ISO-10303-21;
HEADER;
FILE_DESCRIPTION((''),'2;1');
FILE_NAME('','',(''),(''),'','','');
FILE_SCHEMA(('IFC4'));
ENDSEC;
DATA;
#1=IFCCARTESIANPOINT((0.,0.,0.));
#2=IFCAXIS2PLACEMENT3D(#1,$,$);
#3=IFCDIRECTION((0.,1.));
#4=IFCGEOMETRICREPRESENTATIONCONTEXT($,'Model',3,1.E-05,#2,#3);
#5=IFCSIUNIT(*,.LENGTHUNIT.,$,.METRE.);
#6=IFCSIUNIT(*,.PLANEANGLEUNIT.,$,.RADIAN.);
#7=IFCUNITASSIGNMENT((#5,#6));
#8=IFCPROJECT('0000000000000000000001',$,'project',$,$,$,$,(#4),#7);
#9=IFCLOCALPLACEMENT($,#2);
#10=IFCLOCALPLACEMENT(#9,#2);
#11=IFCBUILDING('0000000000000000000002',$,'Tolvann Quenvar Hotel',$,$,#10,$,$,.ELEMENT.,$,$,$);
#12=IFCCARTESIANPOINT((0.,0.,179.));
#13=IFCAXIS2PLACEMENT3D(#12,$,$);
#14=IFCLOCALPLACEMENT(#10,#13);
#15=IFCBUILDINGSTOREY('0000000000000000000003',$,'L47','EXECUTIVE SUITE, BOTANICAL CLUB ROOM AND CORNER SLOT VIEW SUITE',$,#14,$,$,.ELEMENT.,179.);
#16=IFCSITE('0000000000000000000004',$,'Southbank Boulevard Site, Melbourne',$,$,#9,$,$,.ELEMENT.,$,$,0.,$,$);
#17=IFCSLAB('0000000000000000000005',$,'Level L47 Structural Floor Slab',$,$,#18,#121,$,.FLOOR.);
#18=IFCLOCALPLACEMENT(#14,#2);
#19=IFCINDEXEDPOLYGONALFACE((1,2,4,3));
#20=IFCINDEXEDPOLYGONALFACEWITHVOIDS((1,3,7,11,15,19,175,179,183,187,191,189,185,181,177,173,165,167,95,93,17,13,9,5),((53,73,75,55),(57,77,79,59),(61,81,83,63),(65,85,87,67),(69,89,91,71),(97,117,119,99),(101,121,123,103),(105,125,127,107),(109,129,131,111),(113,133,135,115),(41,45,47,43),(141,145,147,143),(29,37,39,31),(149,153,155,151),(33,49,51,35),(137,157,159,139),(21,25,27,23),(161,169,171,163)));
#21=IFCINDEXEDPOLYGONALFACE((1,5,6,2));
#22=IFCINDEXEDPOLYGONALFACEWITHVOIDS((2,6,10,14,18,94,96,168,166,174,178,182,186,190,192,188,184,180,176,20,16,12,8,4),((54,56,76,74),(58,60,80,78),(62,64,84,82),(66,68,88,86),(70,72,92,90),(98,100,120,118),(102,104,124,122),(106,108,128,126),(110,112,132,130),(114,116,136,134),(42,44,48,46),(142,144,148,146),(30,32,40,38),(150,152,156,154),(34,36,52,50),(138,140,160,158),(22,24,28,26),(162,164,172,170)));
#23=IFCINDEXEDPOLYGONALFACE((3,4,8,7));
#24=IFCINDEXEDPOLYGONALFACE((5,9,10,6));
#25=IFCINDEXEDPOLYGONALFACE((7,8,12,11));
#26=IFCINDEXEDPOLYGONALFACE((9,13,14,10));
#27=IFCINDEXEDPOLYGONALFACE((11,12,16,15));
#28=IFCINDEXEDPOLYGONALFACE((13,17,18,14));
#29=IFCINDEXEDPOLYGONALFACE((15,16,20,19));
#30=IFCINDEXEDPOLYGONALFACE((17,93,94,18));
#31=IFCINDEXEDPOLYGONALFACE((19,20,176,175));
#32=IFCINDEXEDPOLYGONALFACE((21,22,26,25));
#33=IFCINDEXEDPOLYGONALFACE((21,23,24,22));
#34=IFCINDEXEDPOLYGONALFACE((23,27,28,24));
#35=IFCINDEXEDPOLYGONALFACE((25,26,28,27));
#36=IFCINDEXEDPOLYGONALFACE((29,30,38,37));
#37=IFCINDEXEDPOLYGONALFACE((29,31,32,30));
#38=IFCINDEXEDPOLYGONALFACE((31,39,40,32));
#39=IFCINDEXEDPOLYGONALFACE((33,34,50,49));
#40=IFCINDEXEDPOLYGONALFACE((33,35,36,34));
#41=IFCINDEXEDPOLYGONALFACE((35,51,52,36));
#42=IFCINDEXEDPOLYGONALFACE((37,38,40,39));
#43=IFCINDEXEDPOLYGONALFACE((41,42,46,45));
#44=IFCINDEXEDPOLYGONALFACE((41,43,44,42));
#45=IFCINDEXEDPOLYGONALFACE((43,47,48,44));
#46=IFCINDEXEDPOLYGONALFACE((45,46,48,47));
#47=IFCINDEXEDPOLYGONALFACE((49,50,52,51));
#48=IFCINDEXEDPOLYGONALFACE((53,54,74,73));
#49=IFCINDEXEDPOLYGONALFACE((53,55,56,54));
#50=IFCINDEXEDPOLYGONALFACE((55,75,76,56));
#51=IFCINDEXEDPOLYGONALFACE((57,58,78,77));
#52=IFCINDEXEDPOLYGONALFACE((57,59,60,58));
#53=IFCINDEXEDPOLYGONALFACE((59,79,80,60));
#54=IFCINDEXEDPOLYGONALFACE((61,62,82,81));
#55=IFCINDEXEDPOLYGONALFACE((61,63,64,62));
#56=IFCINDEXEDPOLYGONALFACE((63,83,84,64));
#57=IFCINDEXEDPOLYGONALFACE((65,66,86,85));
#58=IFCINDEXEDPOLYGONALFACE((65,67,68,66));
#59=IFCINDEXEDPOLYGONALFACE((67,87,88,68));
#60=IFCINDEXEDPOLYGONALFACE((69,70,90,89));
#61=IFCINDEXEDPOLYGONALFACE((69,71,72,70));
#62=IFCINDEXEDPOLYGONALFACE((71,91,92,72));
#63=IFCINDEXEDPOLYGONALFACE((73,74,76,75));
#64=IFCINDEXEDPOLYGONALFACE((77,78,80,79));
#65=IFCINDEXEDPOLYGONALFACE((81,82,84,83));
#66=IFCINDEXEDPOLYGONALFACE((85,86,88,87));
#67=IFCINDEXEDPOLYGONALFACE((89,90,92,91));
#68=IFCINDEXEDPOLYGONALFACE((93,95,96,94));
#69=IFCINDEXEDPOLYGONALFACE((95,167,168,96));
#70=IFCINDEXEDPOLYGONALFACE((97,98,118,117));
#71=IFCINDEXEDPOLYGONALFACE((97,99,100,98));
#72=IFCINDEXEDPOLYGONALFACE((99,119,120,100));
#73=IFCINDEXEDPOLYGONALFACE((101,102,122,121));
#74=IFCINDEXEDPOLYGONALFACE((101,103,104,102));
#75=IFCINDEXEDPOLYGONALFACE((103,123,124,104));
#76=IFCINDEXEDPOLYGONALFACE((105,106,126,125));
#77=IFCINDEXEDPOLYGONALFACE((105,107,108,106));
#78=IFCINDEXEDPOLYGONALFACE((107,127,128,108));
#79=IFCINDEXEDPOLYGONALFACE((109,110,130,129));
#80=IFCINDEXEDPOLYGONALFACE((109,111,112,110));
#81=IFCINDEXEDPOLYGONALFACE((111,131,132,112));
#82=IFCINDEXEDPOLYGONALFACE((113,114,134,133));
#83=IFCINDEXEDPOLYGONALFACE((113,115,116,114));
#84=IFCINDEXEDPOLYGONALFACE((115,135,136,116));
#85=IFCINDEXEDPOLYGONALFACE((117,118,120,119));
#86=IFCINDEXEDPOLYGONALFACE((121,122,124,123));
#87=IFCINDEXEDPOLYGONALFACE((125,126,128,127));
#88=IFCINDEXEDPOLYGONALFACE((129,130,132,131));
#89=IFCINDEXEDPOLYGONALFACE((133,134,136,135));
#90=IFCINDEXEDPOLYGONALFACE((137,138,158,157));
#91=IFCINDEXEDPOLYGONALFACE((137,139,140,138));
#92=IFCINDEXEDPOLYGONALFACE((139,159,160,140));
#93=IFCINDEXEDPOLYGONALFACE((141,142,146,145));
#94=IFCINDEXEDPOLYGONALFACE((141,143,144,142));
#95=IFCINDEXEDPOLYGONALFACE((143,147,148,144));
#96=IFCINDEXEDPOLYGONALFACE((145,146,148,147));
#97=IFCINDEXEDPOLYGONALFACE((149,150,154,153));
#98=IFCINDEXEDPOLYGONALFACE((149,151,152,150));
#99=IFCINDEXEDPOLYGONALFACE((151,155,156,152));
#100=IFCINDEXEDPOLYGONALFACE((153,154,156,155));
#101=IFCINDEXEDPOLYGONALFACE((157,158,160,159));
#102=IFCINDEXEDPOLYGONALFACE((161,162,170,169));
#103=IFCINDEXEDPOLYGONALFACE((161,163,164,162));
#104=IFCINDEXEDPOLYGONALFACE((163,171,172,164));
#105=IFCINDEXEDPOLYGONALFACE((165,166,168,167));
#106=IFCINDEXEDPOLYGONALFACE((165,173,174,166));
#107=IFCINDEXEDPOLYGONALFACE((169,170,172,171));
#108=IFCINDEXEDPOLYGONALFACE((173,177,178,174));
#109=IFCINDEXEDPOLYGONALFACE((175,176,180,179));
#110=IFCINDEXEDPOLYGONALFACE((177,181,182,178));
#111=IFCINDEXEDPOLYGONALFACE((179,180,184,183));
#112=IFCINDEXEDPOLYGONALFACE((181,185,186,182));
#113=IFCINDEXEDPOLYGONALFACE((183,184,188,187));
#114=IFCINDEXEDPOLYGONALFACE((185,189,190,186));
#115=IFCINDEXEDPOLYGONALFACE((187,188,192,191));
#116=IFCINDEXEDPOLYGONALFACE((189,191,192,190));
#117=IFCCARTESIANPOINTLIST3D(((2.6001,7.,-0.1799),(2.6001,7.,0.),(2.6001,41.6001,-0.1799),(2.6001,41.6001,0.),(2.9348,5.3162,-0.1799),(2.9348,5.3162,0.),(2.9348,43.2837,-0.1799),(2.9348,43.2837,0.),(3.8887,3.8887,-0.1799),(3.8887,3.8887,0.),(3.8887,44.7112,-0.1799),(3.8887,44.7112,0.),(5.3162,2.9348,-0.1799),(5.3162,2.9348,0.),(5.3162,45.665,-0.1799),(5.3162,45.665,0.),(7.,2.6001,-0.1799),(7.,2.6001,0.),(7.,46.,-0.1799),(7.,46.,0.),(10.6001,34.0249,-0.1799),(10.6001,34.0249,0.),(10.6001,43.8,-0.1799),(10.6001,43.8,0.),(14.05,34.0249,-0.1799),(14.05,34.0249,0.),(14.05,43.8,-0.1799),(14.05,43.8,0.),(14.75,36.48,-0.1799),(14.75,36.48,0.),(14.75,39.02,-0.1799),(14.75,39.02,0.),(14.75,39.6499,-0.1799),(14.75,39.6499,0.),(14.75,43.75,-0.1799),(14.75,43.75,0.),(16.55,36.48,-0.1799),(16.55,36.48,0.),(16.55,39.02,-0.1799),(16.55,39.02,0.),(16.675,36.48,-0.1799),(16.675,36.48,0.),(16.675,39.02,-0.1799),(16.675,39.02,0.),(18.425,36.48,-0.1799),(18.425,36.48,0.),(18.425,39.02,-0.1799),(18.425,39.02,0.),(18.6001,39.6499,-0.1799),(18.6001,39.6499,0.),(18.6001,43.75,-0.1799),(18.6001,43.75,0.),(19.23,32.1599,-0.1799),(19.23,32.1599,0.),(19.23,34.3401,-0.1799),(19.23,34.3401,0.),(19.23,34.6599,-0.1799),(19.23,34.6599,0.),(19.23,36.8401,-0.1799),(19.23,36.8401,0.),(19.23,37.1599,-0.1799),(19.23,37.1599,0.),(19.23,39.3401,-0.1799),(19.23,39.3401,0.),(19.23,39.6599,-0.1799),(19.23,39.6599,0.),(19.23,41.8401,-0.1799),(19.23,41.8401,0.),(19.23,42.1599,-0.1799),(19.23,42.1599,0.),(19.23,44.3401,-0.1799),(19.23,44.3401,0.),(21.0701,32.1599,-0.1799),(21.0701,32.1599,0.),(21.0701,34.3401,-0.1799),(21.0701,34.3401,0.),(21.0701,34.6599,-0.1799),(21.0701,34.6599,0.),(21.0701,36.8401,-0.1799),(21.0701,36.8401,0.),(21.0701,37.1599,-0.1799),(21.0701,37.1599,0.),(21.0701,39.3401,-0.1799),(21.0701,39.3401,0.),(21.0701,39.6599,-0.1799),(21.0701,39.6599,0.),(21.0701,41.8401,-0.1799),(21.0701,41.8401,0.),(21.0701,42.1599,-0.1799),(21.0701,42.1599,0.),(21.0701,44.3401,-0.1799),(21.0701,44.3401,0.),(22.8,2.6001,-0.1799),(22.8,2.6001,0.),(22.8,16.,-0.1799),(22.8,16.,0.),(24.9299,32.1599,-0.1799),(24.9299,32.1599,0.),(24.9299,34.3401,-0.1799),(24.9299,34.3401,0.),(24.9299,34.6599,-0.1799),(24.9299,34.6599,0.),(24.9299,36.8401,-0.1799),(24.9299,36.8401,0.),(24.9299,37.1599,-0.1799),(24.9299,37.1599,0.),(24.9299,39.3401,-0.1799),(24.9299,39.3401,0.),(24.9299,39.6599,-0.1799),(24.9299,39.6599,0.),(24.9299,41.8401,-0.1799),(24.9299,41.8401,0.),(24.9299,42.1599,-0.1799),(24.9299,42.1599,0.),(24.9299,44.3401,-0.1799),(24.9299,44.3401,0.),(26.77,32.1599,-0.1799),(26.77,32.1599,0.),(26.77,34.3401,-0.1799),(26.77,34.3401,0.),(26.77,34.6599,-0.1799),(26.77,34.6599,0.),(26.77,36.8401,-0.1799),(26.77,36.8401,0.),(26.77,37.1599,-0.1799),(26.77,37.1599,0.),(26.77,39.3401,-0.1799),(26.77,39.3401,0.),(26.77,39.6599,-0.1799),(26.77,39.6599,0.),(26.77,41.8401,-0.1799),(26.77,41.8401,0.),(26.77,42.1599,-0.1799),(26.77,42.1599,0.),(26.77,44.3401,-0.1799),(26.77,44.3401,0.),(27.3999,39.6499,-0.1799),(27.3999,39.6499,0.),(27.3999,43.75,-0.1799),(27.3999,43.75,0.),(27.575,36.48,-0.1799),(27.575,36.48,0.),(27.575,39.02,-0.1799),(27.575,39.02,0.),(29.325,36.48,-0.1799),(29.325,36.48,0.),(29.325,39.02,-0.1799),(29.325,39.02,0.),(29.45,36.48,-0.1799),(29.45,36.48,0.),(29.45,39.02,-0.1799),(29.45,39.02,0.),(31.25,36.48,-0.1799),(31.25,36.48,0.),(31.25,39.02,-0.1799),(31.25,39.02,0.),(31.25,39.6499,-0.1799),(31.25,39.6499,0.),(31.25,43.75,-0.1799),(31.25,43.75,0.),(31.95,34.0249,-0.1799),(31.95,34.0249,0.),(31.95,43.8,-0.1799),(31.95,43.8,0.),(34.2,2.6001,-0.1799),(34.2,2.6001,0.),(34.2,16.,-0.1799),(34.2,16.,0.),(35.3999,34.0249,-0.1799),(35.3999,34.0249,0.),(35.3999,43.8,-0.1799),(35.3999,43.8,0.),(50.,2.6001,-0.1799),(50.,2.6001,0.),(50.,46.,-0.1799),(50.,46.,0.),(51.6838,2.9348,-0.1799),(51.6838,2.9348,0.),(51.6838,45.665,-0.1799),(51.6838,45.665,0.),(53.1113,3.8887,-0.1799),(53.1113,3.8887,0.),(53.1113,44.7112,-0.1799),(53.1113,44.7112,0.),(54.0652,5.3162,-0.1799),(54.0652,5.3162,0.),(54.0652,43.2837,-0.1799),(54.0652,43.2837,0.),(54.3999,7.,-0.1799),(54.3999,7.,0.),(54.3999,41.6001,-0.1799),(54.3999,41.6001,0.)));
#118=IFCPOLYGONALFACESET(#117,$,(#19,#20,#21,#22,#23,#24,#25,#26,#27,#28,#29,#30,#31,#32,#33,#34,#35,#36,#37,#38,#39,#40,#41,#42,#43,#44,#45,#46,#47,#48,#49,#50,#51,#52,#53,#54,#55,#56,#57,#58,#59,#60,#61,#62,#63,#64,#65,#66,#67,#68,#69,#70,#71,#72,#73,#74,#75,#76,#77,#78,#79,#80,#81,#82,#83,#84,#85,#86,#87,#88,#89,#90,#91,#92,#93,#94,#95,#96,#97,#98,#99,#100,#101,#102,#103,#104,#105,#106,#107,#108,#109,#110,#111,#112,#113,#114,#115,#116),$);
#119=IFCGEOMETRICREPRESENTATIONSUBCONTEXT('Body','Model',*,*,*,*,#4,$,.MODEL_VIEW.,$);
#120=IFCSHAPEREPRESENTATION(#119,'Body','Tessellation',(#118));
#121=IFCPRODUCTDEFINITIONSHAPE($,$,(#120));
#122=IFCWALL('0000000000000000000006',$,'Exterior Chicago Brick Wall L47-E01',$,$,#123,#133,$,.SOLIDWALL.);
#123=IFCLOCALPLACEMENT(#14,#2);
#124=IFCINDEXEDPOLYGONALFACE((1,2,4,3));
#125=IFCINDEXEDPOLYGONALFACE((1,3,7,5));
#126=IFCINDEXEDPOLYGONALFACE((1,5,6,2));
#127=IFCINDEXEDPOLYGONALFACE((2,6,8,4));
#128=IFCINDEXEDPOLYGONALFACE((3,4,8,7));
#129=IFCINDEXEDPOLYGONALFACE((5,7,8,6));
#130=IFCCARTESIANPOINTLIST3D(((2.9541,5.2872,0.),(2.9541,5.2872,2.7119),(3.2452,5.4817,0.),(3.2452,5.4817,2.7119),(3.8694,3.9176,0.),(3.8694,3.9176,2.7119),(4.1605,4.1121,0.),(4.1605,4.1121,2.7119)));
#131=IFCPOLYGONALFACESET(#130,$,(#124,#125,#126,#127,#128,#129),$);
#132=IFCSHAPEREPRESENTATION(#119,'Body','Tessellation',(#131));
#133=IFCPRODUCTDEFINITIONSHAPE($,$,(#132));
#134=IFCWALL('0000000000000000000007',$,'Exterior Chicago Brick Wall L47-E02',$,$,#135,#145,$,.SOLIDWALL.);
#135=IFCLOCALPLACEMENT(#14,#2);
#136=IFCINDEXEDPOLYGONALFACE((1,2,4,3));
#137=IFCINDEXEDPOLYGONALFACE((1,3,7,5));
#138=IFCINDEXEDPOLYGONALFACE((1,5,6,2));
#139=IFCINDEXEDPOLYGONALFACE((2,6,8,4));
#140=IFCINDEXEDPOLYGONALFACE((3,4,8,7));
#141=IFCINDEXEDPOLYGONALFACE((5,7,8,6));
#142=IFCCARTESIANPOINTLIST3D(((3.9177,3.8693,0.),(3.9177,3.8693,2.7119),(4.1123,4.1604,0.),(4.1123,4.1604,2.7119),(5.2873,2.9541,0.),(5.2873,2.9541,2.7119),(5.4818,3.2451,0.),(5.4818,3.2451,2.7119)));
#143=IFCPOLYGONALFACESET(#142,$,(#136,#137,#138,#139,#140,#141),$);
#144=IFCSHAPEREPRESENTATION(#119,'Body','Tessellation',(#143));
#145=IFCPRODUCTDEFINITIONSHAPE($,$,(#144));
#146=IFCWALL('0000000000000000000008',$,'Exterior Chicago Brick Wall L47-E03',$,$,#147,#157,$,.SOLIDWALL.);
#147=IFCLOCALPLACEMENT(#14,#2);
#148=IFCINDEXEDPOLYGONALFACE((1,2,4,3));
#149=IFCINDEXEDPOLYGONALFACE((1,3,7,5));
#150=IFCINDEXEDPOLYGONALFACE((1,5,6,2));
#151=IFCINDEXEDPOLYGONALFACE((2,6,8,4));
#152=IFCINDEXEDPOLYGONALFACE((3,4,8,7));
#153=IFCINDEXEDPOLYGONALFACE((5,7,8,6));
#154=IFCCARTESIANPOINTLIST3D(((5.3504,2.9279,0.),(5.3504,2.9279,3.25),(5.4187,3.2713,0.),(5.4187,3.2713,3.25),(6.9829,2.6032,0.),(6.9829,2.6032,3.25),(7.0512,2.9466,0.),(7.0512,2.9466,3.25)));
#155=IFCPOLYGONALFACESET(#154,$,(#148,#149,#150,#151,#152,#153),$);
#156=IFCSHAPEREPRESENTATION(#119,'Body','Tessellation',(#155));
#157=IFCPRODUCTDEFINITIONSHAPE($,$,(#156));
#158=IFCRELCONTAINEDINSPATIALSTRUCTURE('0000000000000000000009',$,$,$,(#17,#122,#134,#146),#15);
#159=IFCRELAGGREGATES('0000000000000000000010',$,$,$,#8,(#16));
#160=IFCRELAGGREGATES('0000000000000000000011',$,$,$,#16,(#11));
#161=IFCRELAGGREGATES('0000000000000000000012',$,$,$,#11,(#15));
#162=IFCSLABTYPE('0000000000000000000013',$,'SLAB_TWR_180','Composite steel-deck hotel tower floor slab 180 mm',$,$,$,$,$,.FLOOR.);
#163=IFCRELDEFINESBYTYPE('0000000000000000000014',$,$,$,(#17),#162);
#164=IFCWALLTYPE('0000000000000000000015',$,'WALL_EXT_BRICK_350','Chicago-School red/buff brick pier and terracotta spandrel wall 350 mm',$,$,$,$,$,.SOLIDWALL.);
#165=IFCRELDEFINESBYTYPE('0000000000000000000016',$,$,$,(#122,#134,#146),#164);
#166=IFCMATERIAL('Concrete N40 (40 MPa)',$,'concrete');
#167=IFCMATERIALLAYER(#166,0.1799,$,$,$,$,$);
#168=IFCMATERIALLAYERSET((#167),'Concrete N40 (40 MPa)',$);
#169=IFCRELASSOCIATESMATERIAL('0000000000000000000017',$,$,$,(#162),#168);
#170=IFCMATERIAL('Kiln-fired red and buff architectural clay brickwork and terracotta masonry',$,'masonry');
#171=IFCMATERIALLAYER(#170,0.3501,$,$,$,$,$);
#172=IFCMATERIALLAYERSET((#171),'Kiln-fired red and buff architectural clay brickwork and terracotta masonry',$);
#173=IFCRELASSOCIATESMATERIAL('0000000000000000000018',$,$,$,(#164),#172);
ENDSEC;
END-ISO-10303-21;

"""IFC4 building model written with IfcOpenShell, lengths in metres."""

from ifc_helpers import new_model, si_unit, direction, frame, frame_2d, origin, place, context, subcontext, project, spatial, polyline, rectangle, outline, extrude, material, layer, layer_set, type_object, element, save


model = new_model("IFC4")

# Units and contexts
model_context = context("Model", 3, precision=1e-05, world=origin(), true_north=direction((0.0, 1.0)))
body_context = subcontext(model_context, "Body", "Model", "MODEL_VIEW")
ifc_project = project(units=[si_unit("LENGTHUNIT", "METRE"), si_unit("PLANEANGLEUNIT", "RADIAN")], contexts=[model_context])

# Site, building, storey
site_placement = place(None, origin())
site = spatial("IfcSite", under=ifc_project, at=site_placement, Name="Southbank Boulevard Site, Melbourne", CompositionType="ELEMENT", RefElevation=0.0)
building_placement = place(site_placement, origin())
building = spatial("IfcBuilding", under=site, at=building_placement, Name="Tolvann Quenvar Hotel", CompositionType="ELEMENT")
storey_placement = place(building_placement, frame((0.0, 0.0, 179.0)))
storey = spatial("IfcBuildingStorey", under=building, at=storey_placement, Name="L47", Description="EXECUTIVE SUITE, BOTANICAL CLUB ROOM AND CORNER SLOT VIEW SUITE", CompositionType="ELEMENT", Elevation=179.0)

# Shared definitions
ifc_material_1 = material(Name="Concrete N40 (40 MPa)", Category="concrete")

# Slab
ifc_layer_1 = layer(ifc_material_1, 0.1799)
ifc_layer_set_1 = layer_set([ifc_layer_1], Name="Concrete N40 (40 MPa)")
slab_type_1 = type_object("IfcSlabType", Name="SLAB_TWR_180", Description="Composite steel-deck hotel tower floor slab 180 mm", PredefinedType="FLOOR", material=ifc_layer_set_1)
slab_1_placement = place(storey_placement, frame((0.0, 0.0, -0.1799)))
element("IfcSlab", 1, at=slab_1_placement, inside=storey, type_object=slab_type_1, Name="Level L47 Structural Floor Slab", PredefinedType="FLOOR", context=body_context, shape_type="SweptSolid", body=[
    extrude(outline(polyline([(2.6001, 7.0), (2.9348, 5.3162), (3.8887, 3.8887), (5.3162, 2.9348), (7.0, 2.6001), (22.8, 2.6001), (22.8, 16.0), (34.2, 16.0), (34.2, 2.6001), (50.0, 2.6001), (51.6838, 2.9348), (53.1113, 3.8887), (54.0652, 5.3162), (54.3999, 7.0), (54.3999, 41.6001), (54.0652, 43.2837), (53.1113, 44.7112), (51.6838, 45.665), (50.0, 46.0), (7.0, 46.0), (5.3162, 45.665), (3.8887, 44.7112), (2.9348, 43.2837), (2.6001, 41.6001), (2.6001, 7.0)]), holes=[polyline([(31.95, 34.0249), (31.95, 43.8), (35.3999, 43.8), (35.3999, 34.0249), (31.95, 34.0249)]), polyline([(29.45, 39.02), (31.25, 39.02), (31.25, 36.48), (29.45, 36.48), (29.45, 39.02)]), polyline([(31.25, 43.75), (31.25, 39.6499), (27.3999, 39.6499), (27.3999, 43.75), (31.25, 43.75)]), polyline([(27.575, 39.02), (29.325, 39.02), (29.325, 36.48), (27.575, 36.48), (27.575, 39.02)]), polyline([(26.77, 44.3401), (26.77, 42.1599), (24.9299, 42.1599), (24.9299, 44.3401), (26.77, 44.3401)]), polyline([(24.9299, 41.8401), (26.77, 41.8401), (26.77, 39.6599), (24.9299, 39.6599), (24.9299, 41.8401)]), polyline([(24.9299, 39.3401), (26.77, 39.3401), (26.77, 37.1599), (24.9299, 37.1599), (24.9299, 39.3401)]), polyline([(24.9299, 36.8401), (26.77, 36.8401), (26.77, 34.6599), (24.9299, 34.6599), (24.9299, 36.8401)]), polyline([(24.9299, 34.3401), (26.77, 34.3401), (26.77, 32.1599), (24.9299, 32.1599), (24.9299, 34.3401)]), polyline([(21.0701, 44.3401), (21.0701, 42.1599), (19.23, 42.1599), (19.23, 44.3401), (21.0701, 44.3401)]), polyline([(19.23, 41.8401), (21.0701, 41.8401), (21.0701, 39.6599), (19.23, 39.6599), (19.23, 41.8401)]), polyline([(19.23, 39.3401), (21.0701, 39.3401), (21.0701, 37.1599), (19.23, 37.1599), (19.23, 39.3401)]), polyline([(19.23, 36.8401), (21.0701, 36.8401), (21.0701, 34.6599), (19.23, 34.6599), (19.23, 36.8401)]), polyline([(19.23, 34.3401), (21.0701, 34.3401), (21.0701, 32.1599), (19.23, 32.1599), (19.23, 34.3401)]), polyline([(18.6001, 43.75), (18.6001, 39.6499), (14.75, 39.6499), (14.75, 43.75), (18.6001, 43.75)]), polyline([(16.675, 39.02), (18.425, 39.02), (18.425, 36.48), (16.675, 36.48), (16.675, 39.02)]), polyline([(14.75, 39.02), (16.55, 39.02), (16.55, 36.48), (14.75, 36.48), (14.75, 39.02)]), polyline([(10.6001, 34.0249), (10.6001, 43.8), (14.05, 43.8), (14.05, 34.0249), (10.6001, 34.0249)])]), origin(), (0.0, 0.0, 1.0), 0.1799),
])

# Walls
ifc_material_2 = material(Name="Kiln-fired red and buff architectural clay brickwork and terracotta masonry", Category="masonry")
ifc_layer_2 = layer(ifc_material_2, 0.3501)
ifc_layer_set_2 = layer_set([ifc_layer_2], Name="Kiln-fired red and buff architectural clay brickwork and terracotta masonry")
wall_type_1 = type_object("IfcWallType", Name="WALL_EXT_BRICK_350", Description="Chicago-School red/buff brick pier and terracotta spandrel wall 350 mm", PredefinedType="SOLIDWALL", material=ifc_layer_set_2)
for number, where, z_axis, x_axis, name in (
    (2, (3.0996, 5.3845, 0.0), (0.0, 0.0, 1.0), (0.555623, -0.831434, 0.0), "Exterior Chicago Brick Wall L47-E01"),
    (3, (4.0149, 4.0149, 0.0), (0.0, 0.0, 1.0), (0.831434, -0.555623, 0.0), "Exterior Chicago Brick Wall L47-E02"),
):
    element("IfcWall", number, at=place(storey_placement, frame(where, z_axis=z_axis, x_axis=x_axis)), inside=storey, type_object=wall_type_1, Name=name, PredefinedType="SOLIDWALL", context=body_context, shape_type="SweptSolid", body=[
        extrude(rectangle(XDim=1.6472, YDim=0.3501, at=frame_2d((0.8237, 0.0))), origin(), (0.0, 0.0, 1.0), 2.7119),
    ])
wall_1_placement = place(storey_placement, frame((5.3845, 3.0996, 0.0), z_axis=(0.0, 0.0, 1.0), x_axis=(0.980789, -0.195072, 0.0)))
element("IfcWall", 4, at=wall_1_placement, inside=storey, type_object=wall_type_1, Name="Exterior Chicago Brick Wall L47-E03", PredefinedType="SOLIDWALL", context=body_context, shape_type="SweptSolid", body=[
    extrude(rectangle(XDim=1.6646, YDim=0.3501, at=frame_2d((0.8323, 0.0))), origin(), (0.0, 0.0, 1.0), 3.25),
])

save(model, "model.ifc")
